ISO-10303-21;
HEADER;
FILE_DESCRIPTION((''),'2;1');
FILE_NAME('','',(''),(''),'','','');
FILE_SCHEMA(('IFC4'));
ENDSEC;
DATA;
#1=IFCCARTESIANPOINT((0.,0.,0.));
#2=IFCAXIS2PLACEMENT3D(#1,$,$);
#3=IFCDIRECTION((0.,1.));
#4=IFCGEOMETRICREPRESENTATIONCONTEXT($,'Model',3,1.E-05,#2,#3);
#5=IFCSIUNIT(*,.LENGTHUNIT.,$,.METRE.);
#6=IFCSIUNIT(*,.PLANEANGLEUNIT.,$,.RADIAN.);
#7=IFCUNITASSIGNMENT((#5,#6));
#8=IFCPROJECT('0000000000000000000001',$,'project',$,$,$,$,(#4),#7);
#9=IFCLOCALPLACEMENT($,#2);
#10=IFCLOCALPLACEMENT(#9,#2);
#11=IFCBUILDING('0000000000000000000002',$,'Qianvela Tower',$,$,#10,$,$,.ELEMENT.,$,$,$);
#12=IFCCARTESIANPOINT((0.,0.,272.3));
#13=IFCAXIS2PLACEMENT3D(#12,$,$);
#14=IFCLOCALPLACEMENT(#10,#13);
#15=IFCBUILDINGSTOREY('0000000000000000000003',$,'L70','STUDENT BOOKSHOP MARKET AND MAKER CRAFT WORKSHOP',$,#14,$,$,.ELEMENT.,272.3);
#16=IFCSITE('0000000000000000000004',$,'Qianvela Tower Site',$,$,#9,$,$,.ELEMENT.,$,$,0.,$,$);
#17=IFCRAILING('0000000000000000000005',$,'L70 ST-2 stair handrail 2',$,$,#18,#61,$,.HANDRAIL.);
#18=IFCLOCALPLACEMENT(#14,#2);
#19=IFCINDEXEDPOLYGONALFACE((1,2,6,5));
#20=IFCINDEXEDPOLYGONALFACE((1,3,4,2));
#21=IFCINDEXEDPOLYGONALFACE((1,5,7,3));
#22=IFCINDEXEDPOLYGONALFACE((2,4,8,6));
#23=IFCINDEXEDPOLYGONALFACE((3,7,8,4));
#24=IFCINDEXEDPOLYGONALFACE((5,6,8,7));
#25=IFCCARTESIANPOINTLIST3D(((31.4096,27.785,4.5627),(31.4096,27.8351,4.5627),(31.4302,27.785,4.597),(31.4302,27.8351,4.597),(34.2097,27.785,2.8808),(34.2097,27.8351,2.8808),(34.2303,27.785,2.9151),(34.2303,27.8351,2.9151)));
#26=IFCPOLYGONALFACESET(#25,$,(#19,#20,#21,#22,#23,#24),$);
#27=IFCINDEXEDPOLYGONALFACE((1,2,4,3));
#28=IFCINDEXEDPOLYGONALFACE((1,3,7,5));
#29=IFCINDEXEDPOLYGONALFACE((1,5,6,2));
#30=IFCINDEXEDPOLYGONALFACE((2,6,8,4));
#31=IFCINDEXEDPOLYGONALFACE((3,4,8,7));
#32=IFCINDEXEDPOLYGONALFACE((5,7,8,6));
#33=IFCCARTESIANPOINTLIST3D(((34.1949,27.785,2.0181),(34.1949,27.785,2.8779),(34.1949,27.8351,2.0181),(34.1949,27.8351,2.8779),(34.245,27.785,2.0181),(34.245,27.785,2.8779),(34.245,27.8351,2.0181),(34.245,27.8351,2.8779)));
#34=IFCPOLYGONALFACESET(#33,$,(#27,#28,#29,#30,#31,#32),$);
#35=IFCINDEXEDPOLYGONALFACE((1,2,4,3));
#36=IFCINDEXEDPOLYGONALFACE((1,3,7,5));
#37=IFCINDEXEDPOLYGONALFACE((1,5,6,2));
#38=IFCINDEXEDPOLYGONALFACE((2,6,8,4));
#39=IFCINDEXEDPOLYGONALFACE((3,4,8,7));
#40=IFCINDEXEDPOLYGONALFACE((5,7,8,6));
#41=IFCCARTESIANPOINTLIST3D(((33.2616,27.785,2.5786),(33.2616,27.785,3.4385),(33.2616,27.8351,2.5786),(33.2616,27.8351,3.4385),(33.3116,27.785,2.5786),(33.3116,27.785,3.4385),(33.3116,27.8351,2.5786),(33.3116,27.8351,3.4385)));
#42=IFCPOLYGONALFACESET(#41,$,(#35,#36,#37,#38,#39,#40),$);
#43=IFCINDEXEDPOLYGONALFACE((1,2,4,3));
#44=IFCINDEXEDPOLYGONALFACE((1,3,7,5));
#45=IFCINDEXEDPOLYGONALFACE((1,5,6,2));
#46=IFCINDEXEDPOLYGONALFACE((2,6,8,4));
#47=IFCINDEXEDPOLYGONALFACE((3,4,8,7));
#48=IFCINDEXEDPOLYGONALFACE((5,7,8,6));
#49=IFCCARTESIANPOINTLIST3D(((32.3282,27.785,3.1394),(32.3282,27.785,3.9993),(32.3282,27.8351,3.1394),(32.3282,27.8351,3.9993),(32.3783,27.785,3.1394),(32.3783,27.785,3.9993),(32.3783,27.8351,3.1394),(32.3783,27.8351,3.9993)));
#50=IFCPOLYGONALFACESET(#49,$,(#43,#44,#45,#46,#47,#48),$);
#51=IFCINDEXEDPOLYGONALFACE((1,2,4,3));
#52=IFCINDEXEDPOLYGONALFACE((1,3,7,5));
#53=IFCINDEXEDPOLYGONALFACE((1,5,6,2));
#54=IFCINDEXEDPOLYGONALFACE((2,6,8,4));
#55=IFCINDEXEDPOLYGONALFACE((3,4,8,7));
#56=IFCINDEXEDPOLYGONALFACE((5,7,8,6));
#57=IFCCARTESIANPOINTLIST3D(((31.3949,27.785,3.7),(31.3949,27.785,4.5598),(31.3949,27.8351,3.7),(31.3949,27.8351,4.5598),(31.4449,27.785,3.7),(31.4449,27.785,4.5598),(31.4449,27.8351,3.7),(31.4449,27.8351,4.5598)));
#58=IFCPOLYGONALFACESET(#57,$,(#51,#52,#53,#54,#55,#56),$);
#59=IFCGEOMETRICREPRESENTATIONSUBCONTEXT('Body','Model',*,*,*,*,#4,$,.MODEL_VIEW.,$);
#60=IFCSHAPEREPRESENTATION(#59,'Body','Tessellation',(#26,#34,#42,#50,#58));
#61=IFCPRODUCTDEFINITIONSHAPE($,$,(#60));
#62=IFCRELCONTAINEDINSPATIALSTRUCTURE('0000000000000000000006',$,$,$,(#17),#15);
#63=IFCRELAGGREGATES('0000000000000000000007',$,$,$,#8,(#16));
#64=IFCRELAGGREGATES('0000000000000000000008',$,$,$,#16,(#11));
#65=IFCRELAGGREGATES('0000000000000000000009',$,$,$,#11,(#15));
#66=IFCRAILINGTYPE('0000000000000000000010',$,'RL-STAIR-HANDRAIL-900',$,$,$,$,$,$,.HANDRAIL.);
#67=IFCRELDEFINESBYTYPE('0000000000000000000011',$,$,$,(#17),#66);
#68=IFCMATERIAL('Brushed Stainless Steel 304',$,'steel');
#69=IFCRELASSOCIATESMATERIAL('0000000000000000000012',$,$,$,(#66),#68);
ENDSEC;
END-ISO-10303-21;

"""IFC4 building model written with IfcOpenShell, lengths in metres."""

from ifc_helpers import new_model, si_unit, direction, frame, origin, origin_2d, place, context, subcontext, project, spatial, rectangle, extrude, material, type_object, element, save


model = new_model("IFC4")

# Units and contexts
model_context = context("Model", 3, precision=1e-05, world=origin(), true_north=direction((0.0, 1.0)))
body_context = subcontext(model_context, "Body", "Model", "MODEL_VIEW")
ifc_project = project(units=[si_unit("LENGTHUNIT", "METRE"), si_unit("PLANEANGLEUNIT", "RADIAN")], contexts=[model_context])

# Site, building, storey
site_placement = place(None, origin())
site = spatial("IfcSite", under=ifc_project, at=site_placement, Name="Qianvela Tower Site", CompositionType="ELEMENT", RefElevation=0.0)
building_placement = place(site_placement, origin())
building = spatial("IfcBuilding", under=site, at=building_placement, Name="Qianvela Tower", CompositionType="ELEMENT")
storey_placement = place(building_placement, frame((0.0, 0.0, 272.3)))
storey = spatial("IfcBuildingStorey", under=building, at=storey_placement, Name="L70", Description="STUDENT BOOKSHOP MARKET AND MAKER CRAFT WORKSHOP", CompositionType="ELEMENT", Elevation=272.3)

# Railing
ifc_material_1 = material(Name="Brushed Stainless Steel 304", Category="steel")
railing_type_1 = type_object("IfcRailingType", Name="RL-STAIR-HANDRAIL-900", PredefinedType="HANDRAIL", material=ifc_material_1)
for number, where, name in (
    (1, (34.22, 27.8101, 2.0181), "L70 ST-2 stair handrail 2"),
):
    element("IfcRailing", number, at=place(storey_placement, frame(where)), inside=storey, type_object=railing_type_1, Name=name, PredefinedType="HANDRAIL", context=body_context, shape_type="SweptSolid", body=[
        extrude(rectangle(XDim=0.05, YDim=0.04, at=origin_2d()), frame((0.0, 0.0, 0.8799), z_axis=(-0.857242, 0.0, 0.514913), x_axis=(0.0, -1.0, 0.0)), (0.0, 0.0, 1.0), 3.2664),
        extrude(rectangle(XDim=0.05, YDim=0.05, at=origin_2d()), origin(), (0.0, 0.0, 1.0), 0.8599),
        extrude(rectangle(XDim=0.05, YDim=0.05, at=origin_2d()), frame((-0.9333, 0.0, 0.5605)), (0.0, 0.0, 1.0), 0.8599),
        extrude(rectangle(XDim=0.05, YDim=0.05, at=origin_2d()), frame((-1.8667, 0.0, 1.1213)), (0.0, 0.0, 1.0), 0.8599),
        extrude(rectangle(XDim=0.05, YDim=0.05, at=origin_2d()), frame((-2.8, 0.0, 1.6819)), (0.0, 0.0, 1.0), 0.8599),
    ])

save(model, "model.ifc")
